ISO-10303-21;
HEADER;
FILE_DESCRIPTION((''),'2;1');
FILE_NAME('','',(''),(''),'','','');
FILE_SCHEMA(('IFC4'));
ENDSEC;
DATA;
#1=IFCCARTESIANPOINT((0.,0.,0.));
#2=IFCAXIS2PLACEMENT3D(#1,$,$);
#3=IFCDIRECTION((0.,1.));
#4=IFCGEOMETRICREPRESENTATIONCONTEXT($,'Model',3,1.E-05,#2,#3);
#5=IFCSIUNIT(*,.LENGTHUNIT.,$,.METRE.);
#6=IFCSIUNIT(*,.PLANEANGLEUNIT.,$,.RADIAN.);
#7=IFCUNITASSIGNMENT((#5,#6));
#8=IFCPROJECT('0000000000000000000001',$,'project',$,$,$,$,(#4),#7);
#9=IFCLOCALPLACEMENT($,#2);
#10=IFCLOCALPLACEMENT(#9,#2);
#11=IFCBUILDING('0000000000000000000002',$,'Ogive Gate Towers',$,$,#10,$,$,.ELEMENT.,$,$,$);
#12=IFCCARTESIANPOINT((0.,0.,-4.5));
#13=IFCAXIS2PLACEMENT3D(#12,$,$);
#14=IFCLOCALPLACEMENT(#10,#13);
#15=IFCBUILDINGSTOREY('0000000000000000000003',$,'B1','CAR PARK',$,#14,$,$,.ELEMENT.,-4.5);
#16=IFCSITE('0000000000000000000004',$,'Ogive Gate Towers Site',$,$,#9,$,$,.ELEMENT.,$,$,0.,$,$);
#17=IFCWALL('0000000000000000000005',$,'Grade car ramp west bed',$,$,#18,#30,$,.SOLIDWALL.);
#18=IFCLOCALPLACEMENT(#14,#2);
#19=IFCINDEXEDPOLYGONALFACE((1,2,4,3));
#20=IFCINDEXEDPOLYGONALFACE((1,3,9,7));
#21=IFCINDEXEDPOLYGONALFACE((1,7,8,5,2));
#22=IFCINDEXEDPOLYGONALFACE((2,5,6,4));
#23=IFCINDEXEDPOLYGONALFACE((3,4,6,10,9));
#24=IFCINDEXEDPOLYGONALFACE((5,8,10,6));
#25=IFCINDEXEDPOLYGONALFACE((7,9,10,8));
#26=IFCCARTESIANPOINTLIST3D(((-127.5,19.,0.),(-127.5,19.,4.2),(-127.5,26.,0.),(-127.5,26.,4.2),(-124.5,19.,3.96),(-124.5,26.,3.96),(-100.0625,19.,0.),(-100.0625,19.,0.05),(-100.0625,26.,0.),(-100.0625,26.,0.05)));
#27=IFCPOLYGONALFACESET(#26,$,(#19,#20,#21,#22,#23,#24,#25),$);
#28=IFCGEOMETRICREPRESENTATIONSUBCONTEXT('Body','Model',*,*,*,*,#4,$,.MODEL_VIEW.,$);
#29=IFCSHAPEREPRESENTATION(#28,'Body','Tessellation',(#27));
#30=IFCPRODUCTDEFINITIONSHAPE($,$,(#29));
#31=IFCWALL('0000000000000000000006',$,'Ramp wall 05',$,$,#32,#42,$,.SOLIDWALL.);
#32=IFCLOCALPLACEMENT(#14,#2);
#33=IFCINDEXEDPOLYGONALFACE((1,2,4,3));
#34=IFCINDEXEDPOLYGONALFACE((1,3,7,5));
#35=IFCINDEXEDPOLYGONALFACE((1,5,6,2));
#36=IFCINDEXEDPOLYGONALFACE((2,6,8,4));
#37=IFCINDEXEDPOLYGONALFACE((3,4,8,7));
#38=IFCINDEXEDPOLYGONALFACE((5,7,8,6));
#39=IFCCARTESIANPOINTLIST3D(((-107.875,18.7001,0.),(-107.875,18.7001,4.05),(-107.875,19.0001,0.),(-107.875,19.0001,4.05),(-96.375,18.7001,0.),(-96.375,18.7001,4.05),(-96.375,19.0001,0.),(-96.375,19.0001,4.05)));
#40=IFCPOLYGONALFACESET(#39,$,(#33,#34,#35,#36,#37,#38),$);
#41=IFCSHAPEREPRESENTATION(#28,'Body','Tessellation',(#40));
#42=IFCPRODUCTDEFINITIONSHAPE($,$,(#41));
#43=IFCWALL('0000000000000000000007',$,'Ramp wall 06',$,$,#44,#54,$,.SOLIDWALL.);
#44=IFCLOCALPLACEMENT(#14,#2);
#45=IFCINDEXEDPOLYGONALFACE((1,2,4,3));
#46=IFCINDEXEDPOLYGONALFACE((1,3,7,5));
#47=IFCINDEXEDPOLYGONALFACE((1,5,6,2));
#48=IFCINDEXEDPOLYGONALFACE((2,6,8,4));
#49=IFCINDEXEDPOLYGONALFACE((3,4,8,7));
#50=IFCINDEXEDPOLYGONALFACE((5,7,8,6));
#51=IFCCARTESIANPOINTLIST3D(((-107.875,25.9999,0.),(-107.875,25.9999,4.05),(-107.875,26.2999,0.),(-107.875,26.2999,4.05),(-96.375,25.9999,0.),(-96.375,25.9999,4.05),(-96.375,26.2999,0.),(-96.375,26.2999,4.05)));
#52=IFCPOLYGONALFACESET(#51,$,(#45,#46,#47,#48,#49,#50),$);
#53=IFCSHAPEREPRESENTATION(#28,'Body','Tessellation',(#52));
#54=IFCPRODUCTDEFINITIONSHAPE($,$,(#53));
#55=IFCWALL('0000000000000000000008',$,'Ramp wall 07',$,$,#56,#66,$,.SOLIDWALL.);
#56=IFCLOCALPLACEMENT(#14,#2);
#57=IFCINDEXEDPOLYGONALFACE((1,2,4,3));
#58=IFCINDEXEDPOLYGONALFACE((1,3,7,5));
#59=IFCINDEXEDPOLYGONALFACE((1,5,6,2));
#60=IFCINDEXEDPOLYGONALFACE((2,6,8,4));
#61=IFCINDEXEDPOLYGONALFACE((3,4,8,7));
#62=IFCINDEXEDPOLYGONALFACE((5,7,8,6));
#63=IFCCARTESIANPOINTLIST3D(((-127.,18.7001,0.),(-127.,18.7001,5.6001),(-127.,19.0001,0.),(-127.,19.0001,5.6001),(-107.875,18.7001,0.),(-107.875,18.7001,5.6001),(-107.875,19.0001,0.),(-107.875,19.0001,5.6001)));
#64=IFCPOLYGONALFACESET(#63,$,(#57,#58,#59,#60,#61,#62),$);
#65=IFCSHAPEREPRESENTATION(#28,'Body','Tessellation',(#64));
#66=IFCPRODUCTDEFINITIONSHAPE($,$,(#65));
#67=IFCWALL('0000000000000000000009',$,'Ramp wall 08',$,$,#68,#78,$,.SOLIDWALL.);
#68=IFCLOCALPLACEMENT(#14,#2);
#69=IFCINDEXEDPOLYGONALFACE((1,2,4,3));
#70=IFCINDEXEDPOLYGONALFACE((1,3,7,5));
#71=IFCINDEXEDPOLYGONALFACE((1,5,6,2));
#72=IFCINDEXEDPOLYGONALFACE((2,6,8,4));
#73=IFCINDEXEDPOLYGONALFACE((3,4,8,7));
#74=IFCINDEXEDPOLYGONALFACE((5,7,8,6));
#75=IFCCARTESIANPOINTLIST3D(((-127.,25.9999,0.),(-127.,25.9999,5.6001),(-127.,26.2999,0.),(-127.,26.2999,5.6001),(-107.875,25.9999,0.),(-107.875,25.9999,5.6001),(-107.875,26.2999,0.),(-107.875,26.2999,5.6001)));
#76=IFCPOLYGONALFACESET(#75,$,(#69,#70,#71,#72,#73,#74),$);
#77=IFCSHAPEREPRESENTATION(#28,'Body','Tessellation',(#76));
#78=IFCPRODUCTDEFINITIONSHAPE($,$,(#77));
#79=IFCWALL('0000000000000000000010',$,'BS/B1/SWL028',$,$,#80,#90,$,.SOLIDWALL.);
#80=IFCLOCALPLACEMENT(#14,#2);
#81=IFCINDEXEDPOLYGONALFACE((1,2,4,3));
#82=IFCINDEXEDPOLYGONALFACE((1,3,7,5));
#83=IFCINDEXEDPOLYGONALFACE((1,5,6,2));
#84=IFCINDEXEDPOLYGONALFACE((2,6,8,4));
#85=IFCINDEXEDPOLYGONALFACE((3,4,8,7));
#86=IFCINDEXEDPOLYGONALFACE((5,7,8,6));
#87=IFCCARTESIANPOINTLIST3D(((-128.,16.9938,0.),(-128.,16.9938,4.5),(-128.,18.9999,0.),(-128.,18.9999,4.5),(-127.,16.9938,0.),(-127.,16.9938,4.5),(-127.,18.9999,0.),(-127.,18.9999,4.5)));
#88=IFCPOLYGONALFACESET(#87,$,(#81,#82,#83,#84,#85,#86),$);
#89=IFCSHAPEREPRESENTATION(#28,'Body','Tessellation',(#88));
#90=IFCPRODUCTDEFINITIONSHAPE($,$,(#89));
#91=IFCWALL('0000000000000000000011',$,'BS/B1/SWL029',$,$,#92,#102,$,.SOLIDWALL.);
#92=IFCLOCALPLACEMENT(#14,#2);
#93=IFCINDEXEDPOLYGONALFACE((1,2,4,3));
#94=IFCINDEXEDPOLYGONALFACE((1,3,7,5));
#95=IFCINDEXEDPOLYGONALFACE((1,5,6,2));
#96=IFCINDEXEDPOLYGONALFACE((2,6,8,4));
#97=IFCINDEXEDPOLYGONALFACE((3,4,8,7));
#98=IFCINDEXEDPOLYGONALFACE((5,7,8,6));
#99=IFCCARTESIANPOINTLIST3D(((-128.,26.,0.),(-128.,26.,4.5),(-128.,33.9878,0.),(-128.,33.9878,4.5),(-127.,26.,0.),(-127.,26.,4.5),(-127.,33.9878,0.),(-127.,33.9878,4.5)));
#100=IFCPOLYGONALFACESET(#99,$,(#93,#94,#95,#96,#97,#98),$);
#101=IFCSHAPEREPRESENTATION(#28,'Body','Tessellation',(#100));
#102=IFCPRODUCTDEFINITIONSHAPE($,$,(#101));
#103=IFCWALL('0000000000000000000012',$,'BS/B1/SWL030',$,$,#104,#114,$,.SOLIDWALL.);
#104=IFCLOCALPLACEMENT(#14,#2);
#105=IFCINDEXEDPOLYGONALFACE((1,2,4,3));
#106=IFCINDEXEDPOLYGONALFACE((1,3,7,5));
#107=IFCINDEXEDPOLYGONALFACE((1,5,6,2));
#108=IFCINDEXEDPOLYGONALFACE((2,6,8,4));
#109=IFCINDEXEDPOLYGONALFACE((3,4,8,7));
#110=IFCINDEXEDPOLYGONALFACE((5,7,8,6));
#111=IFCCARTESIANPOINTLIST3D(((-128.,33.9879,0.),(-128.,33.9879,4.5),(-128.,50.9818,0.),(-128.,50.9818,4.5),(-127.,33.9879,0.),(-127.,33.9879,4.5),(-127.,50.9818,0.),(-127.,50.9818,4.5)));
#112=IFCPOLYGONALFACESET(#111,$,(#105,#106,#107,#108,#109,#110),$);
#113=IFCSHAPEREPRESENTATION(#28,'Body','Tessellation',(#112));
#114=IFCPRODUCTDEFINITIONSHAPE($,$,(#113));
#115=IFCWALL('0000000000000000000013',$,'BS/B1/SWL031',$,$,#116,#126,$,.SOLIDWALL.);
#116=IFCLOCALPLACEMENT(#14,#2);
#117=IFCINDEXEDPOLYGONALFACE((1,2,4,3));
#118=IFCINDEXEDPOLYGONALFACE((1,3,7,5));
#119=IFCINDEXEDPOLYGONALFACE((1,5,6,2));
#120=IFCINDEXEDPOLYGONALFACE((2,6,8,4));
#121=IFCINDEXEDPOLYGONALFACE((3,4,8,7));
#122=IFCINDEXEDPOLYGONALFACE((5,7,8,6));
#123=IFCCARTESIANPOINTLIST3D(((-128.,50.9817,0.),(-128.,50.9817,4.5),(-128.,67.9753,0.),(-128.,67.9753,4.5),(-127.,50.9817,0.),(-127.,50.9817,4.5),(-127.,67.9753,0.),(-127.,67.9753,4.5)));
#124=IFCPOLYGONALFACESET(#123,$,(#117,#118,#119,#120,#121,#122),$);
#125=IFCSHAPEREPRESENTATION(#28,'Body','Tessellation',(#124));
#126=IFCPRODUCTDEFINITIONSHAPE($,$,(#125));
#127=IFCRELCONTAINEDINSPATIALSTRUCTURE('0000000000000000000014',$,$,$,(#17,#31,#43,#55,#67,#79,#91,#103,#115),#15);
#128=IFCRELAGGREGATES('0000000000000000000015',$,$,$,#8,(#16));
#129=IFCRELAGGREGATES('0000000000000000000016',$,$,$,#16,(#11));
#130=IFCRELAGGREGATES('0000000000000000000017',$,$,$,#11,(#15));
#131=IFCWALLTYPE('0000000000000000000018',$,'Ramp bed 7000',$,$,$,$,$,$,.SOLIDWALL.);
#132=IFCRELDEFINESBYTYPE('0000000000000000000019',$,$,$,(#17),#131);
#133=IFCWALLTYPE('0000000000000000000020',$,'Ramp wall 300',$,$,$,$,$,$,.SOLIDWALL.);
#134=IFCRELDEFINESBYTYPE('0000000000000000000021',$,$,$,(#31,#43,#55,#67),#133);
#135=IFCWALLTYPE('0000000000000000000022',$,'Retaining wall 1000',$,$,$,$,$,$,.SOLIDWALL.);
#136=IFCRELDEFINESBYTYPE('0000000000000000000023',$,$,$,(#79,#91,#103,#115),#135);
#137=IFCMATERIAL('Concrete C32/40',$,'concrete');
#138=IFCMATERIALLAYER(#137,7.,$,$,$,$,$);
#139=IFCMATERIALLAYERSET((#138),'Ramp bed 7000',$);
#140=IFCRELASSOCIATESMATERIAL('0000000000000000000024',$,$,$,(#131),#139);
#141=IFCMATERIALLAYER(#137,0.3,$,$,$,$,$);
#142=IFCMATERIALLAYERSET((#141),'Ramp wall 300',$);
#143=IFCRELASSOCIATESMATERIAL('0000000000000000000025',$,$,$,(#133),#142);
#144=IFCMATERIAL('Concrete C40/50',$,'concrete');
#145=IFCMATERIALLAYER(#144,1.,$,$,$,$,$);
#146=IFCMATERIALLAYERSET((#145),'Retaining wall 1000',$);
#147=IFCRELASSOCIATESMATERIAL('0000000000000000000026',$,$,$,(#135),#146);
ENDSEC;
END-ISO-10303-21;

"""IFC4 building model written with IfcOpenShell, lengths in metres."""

from ifc_helpers import new_model, si_unit, direction, frame, frame_2d, origin, place, context, subcontext, project, spatial, polyline, rectangle, outline, extrude, material, layer, layer_set, type_object, element, save


model = new_model("IFC4")

# Units and contexts
model_context = context("Model", 3, precision=1e-05, world=origin(), true_north=direction((0.0, 1.0)))
body_context = subcontext(model_context, "Body", "Model", "MODEL_VIEW")
ifc_project = project(units=[si_unit("LENGTHUNIT", "METRE"), si_unit("PLANEANGLEUNIT", "RADIAN")], contexts=[model_context])

# Site, building, storey
site_placement = place(None, origin())
site = spatial("IfcSite", under=ifc_project, at=site_placement, Name="Ogive Gate Towers Site", CompositionType="ELEMENT", RefElevation=0.0)
building_placement = place(site_placement, origin())
building = spatial("IfcBuilding", under=site, at=building_placement, Name="Ogive Gate Towers", CompositionType="ELEMENT")
storey_placement = place(building_placement, frame((0.0, 0.0, -4.5)))
storey = spatial("IfcBuildingStorey", under=building, at=storey_placement, Name="B1", Description="CAR PARK", CompositionType="ELEMENT", Elevation=-4.5)

# Shared definitions
ifc_material_1 = material(Name="Concrete C32/40", Category="concrete")

# Walls
ifc_layer_1 = layer(ifc_material_1, 7.0)
ifc_layer_set_1 = layer_set([ifc_layer_1], Name="Ramp bed 7000")
wall_type_1 = type_object("IfcWallType", Name="Ramp bed 7000", PredefinedType="SOLIDWALL", material=ifc_layer_set_1)
wall_1_placement = place(storey_placement, frame((-100.0625, 22.5, 0.0), z_axis=(0.0, 0.0, 1.0), x_axis=(-1.0, 0.0, 0.0)))
element("IfcWall", 1, at=wall_1_placement, inside=storey, type_object=wall_type_1, Name="Grade car ramp west bed", PredefinedType="SOLIDWALL", context=body_context, shape_type="SweptSolid", body=[
    extrude(outline(polyline([(0.0, 0.0), (27.4375, 0.0), (27.4375, 4.2), (24.4375, 3.96), (0.0, 0.05), (0.0, 0.0)])), frame((0.0, 3.5, 0.0), z_axis=(0.0, -1.0, 0.0), x_axis=(1.0, 0.0, 0.0)), (0.0, 0.0, 1.0), 7.0),
])
ifc_layer_2 = layer(ifc_material_1, 0.3)
ifc_layer_set_2 = layer_set([ifc_layer_2], Name="Ramp wall 300")
wall_type_2 = type_object("IfcWallType", Name="Ramp wall 300", PredefinedType="SOLIDWALL", material=ifc_layer_set_2)
for number, where, z_axis, x_axis, name in (
    (2, (-96.375, 18.8501, 0.0), (0.0, 0.0, 1.0), (-1.0, 0.0, 0.0), "Ramp wall 05"),
    (3, (-96.375, 26.1499, 0.0), (0.0, 0.0, 1.0), (-1.0, 0.0, 0.0), "Ramp wall 06"),
):
    element("IfcWall", number, at=place(storey_placement, frame(where, z_axis=z_axis, x_axis=x_axis)), inside=storey, type_object=wall_type_2, Name=name, PredefinedType="SOLIDWALL", context=body_context, shape_type="SweptSolid", body=[
        extrude(rectangle(XDim=11.5, YDim=0.3, at=frame_2d((5.75, 0.0))), origin(), (0.0, 0.0, 1.0), 4.05),
    ])
for number, where, z_axis, x_axis, name in (
    (4, (-107.875, 18.8501, 0.0), (0.0, 0.0, 1.0), (-1.0, 0.0, 0.0), "Ramp wall 07"),
    (5, (-107.875, 26.1499, 0.0), (0.0, 0.0, 1.0), (-1.0, 0.0, 0.0), "Ramp wall 08"),
):
    element("IfcWall", number, at=place(storey_placement, frame(where, z_axis=z_axis, x_axis=x_axis)), inside=storey, type_object=wall_type_2, Name=name, PredefinedType="SOLIDWALL", context=body_context, shape_type="SweptSolid", body=[
        extrude(rectangle(XDim=19.125, YDim=0.3, at=frame_2d((9.5625, 0.0))), origin(), (0.0, 0.0, 1.0), 5.6001),
    ])
ifc_material_2 = material(Name="Concrete C40/50", Category="concrete")
ifc_layer_3 = layer(ifc_material_2, 1.0)
ifc_layer_set_3 = layer_set([ifc_layer_3], Name="Retaining wall 1000")
wall_type_3 = type_object("IfcWallType", Name="Retaining wall 1000", PredefinedType="SOLIDWALL", material=ifc_layer_set_3)
wall_2_placement = place(storey_placement, frame((-127.5, 16.9939, 0.0), z_axis=(0.0, 0.0, 1.0), x_axis=(0.0, 1.0, 0.0)))
element("IfcWall", 6, at=wall_2_placement, inside=storey, type_object=wall_type_3, Name="BS/B1/SWL028", PredefinedType="SOLIDWALL", context=body_context, shape_type="SweptSolid", body=[
    extrude(rectangle(XDim=2.0061, YDim=1.0, at=frame_2d((1.0029, 0.0))), origin(), (0.0, 0.0, 1.0), 4.5),
])
wall_3_placement = place(storey_placement, frame((-127.5, 26.0, 0.0), z_axis=(0.0, 0.0, 1.0), x_axis=(0.0, 1.0, 0.0)))
element("IfcWall", 7, at=wall_3_placement, inside=storey, type_object=wall_type_3, Name="BS/B1/SWL029", PredefinedType="SOLIDWALL", context=body_context, shape_type="SweptSolid", body=[
    extrude(rectangle(XDim=7.9878, YDim=1.0, at=frame_2d((3.9939, 0.0))), origin(), (0.0, 0.0, 1.0), 4.5),
])
wall_4_placement = place(storey_placement, frame((-127.5, 33.9878, 0.0), z_axis=(0.0, 0.0, 1.0), x_axis=(0.0, 1.0, 0.0)))
element("IfcWall", 8, at=wall_4_placement, inside=storey, type_object=wall_type_3, Name="BS/B1/SWL030", PredefinedType="SOLIDWALL", context=body_context, shape_type="SweptSolid", body=[
    extrude(rectangle(XDim=16.9939, YDim=1.0, at=frame_2d((8.4971, 0.0))), origin(), (0.0, 0.0, 1.0), 4.5),
])
wall_5_placement = place(storey_placement, frame((-127.5, 50.9817, 0.0), z_axis=(0.0, 0.0, 1.0), x_axis=(0.0, 1.0, 0.0)))
element("IfcWall", 9, at=wall_5_placement, inside=storey, type_object=wall_type_3, Name="BS/B1/SWL031", PredefinedType="SOLIDWALL", context=body_context, shape_type="SweptSolid", body=[
    extrude(rectangle(XDim=16.9937, YDim=1.0, at=frame_2d((8.4968, 0.0))), origin(), (0.0, 0.0, 1.0), 4.5),
])

save(model, "model.ifc")
